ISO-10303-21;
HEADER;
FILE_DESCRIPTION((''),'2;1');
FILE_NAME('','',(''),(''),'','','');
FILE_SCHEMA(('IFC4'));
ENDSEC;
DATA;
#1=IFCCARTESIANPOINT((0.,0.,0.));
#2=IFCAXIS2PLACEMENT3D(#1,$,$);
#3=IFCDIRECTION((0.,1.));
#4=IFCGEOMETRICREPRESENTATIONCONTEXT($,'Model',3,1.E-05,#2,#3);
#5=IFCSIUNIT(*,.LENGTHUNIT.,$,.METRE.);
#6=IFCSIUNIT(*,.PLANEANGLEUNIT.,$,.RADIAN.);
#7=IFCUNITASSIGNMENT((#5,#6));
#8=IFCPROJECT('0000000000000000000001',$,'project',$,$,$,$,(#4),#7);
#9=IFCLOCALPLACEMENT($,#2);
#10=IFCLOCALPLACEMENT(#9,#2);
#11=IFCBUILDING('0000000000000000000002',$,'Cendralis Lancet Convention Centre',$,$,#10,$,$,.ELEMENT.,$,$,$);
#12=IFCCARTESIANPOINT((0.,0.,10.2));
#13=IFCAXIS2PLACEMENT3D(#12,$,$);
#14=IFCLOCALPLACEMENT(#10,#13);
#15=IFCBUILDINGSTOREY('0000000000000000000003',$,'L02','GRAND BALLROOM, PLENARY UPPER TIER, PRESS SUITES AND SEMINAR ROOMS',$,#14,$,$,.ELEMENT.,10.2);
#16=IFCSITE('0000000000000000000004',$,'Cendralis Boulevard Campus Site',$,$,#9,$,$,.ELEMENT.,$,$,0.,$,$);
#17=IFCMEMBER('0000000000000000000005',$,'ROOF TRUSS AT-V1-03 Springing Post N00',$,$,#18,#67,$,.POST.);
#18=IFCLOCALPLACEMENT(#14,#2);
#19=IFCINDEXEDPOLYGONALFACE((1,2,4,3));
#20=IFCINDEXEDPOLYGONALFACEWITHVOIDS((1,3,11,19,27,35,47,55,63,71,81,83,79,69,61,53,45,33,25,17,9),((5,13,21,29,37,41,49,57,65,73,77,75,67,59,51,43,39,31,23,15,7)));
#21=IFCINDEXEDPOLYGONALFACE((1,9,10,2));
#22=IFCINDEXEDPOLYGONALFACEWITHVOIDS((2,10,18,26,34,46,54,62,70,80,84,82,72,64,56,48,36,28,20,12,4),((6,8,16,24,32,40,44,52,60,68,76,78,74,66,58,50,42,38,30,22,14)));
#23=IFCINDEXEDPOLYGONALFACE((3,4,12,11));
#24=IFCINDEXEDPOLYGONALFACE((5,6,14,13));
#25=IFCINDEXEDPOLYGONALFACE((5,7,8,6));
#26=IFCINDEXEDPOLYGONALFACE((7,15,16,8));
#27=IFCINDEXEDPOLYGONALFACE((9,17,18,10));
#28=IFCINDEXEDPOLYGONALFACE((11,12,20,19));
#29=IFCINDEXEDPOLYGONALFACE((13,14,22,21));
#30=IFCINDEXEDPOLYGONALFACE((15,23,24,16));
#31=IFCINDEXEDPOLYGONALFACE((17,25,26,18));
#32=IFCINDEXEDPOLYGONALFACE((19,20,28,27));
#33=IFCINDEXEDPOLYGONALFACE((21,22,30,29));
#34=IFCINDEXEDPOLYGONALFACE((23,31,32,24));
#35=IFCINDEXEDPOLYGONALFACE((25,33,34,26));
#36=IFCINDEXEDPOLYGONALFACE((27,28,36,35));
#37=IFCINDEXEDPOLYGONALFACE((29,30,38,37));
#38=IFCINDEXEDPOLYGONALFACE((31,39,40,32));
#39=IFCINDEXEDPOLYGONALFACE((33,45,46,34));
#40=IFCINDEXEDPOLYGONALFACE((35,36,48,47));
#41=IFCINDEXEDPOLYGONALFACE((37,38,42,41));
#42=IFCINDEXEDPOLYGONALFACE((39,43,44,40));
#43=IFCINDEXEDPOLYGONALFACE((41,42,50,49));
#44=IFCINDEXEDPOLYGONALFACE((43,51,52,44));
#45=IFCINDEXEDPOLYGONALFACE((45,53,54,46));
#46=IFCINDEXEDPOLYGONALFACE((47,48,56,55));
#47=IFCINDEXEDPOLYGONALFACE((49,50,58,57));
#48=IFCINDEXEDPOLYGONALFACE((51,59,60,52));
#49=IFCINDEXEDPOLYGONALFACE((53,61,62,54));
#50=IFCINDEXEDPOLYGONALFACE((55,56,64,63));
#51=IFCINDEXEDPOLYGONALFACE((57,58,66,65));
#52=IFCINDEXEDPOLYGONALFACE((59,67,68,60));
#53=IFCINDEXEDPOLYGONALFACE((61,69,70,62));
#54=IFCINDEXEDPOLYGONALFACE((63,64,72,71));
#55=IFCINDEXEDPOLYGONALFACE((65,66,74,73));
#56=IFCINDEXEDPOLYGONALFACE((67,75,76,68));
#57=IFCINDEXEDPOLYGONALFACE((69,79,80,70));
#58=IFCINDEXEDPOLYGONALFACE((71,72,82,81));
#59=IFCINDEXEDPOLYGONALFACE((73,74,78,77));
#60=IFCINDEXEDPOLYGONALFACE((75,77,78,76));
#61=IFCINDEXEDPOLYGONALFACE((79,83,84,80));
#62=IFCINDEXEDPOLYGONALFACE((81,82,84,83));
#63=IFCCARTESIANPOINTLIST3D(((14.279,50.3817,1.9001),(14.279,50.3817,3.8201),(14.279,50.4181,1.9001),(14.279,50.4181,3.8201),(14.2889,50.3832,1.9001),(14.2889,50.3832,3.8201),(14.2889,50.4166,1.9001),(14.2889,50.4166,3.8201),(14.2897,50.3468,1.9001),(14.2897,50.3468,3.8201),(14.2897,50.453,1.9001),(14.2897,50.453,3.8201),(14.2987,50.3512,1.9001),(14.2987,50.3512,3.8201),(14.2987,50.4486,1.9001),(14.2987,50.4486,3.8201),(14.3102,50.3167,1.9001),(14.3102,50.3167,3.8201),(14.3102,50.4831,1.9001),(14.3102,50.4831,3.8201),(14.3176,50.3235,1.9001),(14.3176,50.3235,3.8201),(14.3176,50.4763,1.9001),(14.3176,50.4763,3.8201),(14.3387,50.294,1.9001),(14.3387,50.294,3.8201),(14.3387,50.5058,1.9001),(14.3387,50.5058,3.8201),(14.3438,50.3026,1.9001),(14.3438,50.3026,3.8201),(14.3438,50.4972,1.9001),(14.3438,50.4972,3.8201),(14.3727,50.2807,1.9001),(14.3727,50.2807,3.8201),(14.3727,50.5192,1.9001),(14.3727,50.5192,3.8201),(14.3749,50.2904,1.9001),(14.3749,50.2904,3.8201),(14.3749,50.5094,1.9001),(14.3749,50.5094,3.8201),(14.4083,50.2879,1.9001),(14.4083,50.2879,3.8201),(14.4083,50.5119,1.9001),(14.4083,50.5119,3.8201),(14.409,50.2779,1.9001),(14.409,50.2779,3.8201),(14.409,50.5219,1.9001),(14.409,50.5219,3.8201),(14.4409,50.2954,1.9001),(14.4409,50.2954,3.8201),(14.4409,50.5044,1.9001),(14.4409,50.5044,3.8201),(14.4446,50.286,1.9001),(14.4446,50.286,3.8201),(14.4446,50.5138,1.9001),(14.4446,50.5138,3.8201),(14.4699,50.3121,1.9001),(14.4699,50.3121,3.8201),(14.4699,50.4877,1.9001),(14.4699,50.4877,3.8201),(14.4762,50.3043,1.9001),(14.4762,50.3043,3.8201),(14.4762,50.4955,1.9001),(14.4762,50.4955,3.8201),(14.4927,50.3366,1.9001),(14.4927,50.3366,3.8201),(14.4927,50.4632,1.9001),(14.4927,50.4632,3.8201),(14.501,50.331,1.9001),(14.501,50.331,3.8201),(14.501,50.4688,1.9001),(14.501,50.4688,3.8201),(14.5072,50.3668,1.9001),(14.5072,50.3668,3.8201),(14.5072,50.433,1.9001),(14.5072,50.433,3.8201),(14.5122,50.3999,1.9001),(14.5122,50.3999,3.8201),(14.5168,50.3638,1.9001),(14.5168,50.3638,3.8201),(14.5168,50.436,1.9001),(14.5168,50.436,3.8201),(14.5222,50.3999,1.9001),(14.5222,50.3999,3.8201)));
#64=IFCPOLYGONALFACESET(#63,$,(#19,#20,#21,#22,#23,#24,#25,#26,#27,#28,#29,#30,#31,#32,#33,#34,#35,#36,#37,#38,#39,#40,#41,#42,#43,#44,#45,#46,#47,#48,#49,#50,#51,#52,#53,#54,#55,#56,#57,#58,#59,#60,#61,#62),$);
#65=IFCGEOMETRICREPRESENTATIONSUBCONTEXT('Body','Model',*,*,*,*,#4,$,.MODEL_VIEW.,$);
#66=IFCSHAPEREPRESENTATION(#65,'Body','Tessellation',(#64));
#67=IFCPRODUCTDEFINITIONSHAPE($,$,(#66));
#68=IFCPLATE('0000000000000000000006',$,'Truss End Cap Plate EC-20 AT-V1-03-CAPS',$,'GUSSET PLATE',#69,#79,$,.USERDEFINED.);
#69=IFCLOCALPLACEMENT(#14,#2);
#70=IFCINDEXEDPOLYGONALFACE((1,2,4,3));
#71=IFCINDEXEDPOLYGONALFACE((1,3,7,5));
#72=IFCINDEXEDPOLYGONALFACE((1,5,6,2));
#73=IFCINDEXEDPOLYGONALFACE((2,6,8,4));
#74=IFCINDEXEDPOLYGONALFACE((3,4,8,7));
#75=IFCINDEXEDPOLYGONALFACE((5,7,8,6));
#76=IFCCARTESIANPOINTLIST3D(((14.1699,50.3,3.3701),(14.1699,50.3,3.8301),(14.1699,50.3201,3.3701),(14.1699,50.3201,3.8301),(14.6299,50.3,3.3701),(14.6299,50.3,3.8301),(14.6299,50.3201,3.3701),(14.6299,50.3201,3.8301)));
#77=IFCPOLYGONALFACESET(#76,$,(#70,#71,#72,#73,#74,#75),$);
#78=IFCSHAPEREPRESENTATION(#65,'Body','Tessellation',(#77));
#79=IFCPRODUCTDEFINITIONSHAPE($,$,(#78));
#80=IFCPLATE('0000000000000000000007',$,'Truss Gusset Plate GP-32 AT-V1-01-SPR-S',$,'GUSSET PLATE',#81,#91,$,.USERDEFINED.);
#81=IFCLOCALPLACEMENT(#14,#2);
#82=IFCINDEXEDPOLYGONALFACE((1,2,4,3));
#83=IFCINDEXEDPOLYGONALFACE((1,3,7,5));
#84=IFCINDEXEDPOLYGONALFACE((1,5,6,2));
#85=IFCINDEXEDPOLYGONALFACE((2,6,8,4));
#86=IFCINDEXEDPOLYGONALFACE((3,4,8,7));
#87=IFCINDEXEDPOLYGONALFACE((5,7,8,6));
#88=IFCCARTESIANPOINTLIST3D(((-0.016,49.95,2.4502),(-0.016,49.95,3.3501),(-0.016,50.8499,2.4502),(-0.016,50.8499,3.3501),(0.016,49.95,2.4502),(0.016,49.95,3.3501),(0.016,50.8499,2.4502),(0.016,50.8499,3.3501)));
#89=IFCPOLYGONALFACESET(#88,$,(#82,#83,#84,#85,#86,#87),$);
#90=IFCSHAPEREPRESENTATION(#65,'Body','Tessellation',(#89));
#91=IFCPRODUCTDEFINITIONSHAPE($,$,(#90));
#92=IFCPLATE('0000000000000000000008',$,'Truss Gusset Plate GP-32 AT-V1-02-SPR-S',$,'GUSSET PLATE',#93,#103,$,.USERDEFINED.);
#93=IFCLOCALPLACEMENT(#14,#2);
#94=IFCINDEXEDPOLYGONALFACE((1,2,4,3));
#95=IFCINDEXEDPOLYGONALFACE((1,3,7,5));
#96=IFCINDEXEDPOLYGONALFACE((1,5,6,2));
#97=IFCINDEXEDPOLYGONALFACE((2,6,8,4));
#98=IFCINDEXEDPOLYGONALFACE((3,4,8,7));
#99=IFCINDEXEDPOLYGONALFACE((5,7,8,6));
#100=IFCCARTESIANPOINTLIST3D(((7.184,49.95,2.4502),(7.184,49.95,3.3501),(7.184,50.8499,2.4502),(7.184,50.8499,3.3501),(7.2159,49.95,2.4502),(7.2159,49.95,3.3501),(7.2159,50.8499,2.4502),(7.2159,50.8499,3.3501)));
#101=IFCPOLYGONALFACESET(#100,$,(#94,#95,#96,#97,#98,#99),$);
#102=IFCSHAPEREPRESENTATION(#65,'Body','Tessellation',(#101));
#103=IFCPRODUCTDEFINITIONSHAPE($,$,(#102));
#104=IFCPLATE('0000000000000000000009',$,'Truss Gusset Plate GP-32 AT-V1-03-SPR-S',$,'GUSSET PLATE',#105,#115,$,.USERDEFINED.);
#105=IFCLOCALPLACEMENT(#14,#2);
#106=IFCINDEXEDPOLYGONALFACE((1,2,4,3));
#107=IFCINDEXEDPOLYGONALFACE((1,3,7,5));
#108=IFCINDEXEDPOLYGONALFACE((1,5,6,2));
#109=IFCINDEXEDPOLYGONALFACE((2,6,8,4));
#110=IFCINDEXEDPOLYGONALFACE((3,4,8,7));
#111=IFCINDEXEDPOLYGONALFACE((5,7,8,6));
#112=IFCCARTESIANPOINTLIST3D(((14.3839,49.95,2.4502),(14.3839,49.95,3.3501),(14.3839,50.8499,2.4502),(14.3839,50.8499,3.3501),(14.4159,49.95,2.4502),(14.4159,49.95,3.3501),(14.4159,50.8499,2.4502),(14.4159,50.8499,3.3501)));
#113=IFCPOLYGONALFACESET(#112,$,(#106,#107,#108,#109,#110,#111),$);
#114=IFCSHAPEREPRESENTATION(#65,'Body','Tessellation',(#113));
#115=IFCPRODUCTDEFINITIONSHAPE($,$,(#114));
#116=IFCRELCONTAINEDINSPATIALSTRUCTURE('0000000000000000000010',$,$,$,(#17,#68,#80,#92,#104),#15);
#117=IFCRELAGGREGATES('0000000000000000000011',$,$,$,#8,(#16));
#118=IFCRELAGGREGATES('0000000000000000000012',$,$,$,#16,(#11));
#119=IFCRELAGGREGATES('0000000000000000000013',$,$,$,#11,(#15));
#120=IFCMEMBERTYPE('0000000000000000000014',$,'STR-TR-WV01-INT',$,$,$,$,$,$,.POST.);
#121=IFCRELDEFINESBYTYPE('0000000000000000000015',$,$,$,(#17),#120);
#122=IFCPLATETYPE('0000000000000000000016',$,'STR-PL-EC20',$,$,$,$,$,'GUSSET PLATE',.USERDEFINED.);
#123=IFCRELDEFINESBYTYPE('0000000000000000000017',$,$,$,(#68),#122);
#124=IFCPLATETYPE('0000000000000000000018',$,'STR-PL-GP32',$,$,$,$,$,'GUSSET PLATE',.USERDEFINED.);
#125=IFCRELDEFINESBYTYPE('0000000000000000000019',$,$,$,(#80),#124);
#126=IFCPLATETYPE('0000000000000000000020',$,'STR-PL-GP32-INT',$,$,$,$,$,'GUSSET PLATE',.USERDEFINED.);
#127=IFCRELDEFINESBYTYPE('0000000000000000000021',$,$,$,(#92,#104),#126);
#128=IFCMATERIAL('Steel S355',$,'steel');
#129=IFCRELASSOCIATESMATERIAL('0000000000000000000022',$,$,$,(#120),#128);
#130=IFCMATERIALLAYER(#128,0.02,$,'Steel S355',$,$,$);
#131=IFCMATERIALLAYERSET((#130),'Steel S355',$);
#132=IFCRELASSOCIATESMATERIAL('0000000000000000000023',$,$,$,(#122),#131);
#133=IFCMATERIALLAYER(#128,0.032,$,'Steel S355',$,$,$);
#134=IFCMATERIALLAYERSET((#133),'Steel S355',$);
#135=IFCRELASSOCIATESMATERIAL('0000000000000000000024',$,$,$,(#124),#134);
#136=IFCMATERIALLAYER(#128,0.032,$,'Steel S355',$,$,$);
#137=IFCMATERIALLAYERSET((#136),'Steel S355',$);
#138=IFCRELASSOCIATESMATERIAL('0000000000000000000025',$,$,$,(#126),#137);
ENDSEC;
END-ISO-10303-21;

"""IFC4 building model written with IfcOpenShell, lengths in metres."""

from ifc_helpers import new_model, si_unit, direction, frame, origin, origin_2d, place, context, subcontext, project, spatial, rectangle, hollow_circle, extrude, material, layer, layer_set, material_profile, profile_set, type_object, element, save


model = new_model("IFC4")

# Units and contexts
model_context = context("Model", 3, precision=1e-05, world=origin(), true_north=direction((0.0, 1.0)))
body_context = subcontext(model_context, "Body", "Model", "MODEL_VIEW")
ifc_project = project(units=[si_unit("LENGTHUNIT", "METRE"), si_unit("PLANEANGLEUNIT", "RADIAN")], contexts=[model_context])

# Site, building, storey
site_placement = place(None, origin())
site = spatial("IfcSite", under=ifc_project, at=site_placement, Name="Cendralis Boulevard Campus Site", CompositionType="ELEMENT", RefElevation=0.0)
building_placement = place(site_placement, origin())
building = spatial("IfcBuilding", under=site, at=building_placement, Name="Cendralis Lancet Convention Centre", CompositionType="ELEMENT")
storey_placement = place(building_placement, frame((0.0, 0.0, 10.2)))
storey = spatial("IfcBuildingStorey", under=building, at=storey_placement, Name="L02", Description="GRAND BALLROOM, PLENARY UPPER TIER, PRESS SUITES AND SEMINAR ROOMS", CompositionType="ELEMENT", Elevation=10.2)

# Member
ifc_material_1 = material(Name="Steel S355", Category="steel")
ifc_material_profile_1 = material_profile(ifc_material_1, hollow_circle(Radius=0.1223, WallThickness=0.01, at=origin_2d()), Name="CHS 244.5x10.0")
ifc_profile_set_1 = profile_set([ifc_material_profile_1], Name="Steel S355")
member_type_1 = type_object("IfcMemberType", Name="STR-TR-WV01-INT", PredefinedType="POST", material=ifc_profile_set_1)
for number, where, z_axis, x_axis, name in (
    (1, (14.3999, 50.3999, 1.9001), (0.0, 0.0, 1.0), (1.0, 0.0, 0.0), "ROOF TRUSS AT-V1-03 Springing Post N00"),
):
    element("IfcMember", number, at=place(storey_placement, frame(where, z_axis=z_axis, x_axis=x_axis)), inside=storey, type_object=member_type_1, Name=name, PredefinedType="POST", context=body_context, shape_type="SweptSolid", body=[
        extrude(hollow_circle(Radius=0.1223, WallThickness=0.01, at=origin_2d()), origin(), (0.0, 0.0, 1.0), 1.9199),
    ])

# Plates
ifc_layer_1 = layer(ifc_material_1, 0.02, Name="Steel S355")
ifc_layer_set_1 = layer_set([ifc_layer_1], Name="Steel S355")
plate_type_1 = type_object("IfcPlateType", Name="STR-PL-EC20", ElementType="GUSSET PLATE", PredefinedType="USERDEFINED", material=ifc_layer_set_1)
plate_1_placement = place(storey_placement, frame((14.3999, 50.3101, 3.3701), z_axis=(0.0, 0.0, 1.0), x_axis=(1.0, 0.0, 0.0)))
element("IfcPlate", 2, at=plate_1_placement, inside=storey, type_object=plate_type_1, Name="Truss End Cap Plate EC-20 AT-V1-03-CAPS", ObjectType="GUSSET PLATE", PredefinedType="USERDEFINED", context=body_context, shape_type="SweptSolid", body=[
    extrude(rectangle(XDim=0.46, YDim=0.02, at=origin_2d()), origin(), (0.0, 0.0, 1.0), 0.46),
])
ifc_layer_2 = layer(ifc_material_1, 0.032, Name="Steel S355")
ifc_layer_set_2 = layer_set([ifc_layer_2], Name="Steel S355")
plate_type_2 = type_object("IfcPlateType", Name="STR-PL-GP32", ElementType="GUSSET PLATE", PredefinedType="USERDEFINED", material=ifc_layer_set_2)
plate_2_placement = place(storey_placement, frame((0.0, 50.3999, 2.4502), z_axis=(0.0, 0.0, 1.0), x_axis=(0.0, 1.0, 0.0)))
element("IfcPlate", 3, at=plate_2_placement, inside=storey, type_object=plate_type_2, Name="Truss Gusset Plate GP-32 AT-V1-01-SPR-S", ObjectType="GUSSET PLATE", PredefinedType="USERDEFINED", context=body_context, shape_type="SweptSolid", body=[
    extrude(rectangle(XDim=0.8999, YDim=0.032, at=origin_2d()), origin(), (0.0, 0.0, 1.0), 0.8999),
])
ifc_layer_3 = layer(ifc_material_1, 0.032, Name="Steel S355")
ifc_layer_set_3 = layer_set([ifc_layer_3], Name="Steel S355")
plate_type_3 = type_object("IfcPlateType", Name="STR-PL-GP32-INT", ElementType="GUSSET PLATE", PredefinedType="USERDEFINED", material=ifc_layer_set_3)
for number, where, z_axis, x_axis, name in (
    (4, (7.2, 50.3999, 2.4502), (0.0, 0.0, 1.0), (0.0, 1.0, 0.0), "Truss Gusset Plate GP-32 AT-V1-02-SPR-S"),
    (5, (14.3999, 50.3999, 2.4502), (0.0, 0.0, 1.0), (0.0, 1.0, 0.0), "Truss Gusset Plate GP-32 AT-V1-03-SPR-S"),
):
    element("IfcPlate", number, at=place(storey_placement, frame(where, z_axis=z_axis, x_axis=x_axis)), inside=storey, type_object=plate_type_3, Name=name, ObjectType="GUSSET PLATE", PredefinedType="USERDEFINED", context=body_context, shape_type="SweptSolid", body=[
        extrude(rectangle(XDim=0.8999, YDim=0.032, at=origin_2d()), origin(), (0.0, 0.0, 1.0), 0.8999),
    ])

save(model, "model.ifc")
